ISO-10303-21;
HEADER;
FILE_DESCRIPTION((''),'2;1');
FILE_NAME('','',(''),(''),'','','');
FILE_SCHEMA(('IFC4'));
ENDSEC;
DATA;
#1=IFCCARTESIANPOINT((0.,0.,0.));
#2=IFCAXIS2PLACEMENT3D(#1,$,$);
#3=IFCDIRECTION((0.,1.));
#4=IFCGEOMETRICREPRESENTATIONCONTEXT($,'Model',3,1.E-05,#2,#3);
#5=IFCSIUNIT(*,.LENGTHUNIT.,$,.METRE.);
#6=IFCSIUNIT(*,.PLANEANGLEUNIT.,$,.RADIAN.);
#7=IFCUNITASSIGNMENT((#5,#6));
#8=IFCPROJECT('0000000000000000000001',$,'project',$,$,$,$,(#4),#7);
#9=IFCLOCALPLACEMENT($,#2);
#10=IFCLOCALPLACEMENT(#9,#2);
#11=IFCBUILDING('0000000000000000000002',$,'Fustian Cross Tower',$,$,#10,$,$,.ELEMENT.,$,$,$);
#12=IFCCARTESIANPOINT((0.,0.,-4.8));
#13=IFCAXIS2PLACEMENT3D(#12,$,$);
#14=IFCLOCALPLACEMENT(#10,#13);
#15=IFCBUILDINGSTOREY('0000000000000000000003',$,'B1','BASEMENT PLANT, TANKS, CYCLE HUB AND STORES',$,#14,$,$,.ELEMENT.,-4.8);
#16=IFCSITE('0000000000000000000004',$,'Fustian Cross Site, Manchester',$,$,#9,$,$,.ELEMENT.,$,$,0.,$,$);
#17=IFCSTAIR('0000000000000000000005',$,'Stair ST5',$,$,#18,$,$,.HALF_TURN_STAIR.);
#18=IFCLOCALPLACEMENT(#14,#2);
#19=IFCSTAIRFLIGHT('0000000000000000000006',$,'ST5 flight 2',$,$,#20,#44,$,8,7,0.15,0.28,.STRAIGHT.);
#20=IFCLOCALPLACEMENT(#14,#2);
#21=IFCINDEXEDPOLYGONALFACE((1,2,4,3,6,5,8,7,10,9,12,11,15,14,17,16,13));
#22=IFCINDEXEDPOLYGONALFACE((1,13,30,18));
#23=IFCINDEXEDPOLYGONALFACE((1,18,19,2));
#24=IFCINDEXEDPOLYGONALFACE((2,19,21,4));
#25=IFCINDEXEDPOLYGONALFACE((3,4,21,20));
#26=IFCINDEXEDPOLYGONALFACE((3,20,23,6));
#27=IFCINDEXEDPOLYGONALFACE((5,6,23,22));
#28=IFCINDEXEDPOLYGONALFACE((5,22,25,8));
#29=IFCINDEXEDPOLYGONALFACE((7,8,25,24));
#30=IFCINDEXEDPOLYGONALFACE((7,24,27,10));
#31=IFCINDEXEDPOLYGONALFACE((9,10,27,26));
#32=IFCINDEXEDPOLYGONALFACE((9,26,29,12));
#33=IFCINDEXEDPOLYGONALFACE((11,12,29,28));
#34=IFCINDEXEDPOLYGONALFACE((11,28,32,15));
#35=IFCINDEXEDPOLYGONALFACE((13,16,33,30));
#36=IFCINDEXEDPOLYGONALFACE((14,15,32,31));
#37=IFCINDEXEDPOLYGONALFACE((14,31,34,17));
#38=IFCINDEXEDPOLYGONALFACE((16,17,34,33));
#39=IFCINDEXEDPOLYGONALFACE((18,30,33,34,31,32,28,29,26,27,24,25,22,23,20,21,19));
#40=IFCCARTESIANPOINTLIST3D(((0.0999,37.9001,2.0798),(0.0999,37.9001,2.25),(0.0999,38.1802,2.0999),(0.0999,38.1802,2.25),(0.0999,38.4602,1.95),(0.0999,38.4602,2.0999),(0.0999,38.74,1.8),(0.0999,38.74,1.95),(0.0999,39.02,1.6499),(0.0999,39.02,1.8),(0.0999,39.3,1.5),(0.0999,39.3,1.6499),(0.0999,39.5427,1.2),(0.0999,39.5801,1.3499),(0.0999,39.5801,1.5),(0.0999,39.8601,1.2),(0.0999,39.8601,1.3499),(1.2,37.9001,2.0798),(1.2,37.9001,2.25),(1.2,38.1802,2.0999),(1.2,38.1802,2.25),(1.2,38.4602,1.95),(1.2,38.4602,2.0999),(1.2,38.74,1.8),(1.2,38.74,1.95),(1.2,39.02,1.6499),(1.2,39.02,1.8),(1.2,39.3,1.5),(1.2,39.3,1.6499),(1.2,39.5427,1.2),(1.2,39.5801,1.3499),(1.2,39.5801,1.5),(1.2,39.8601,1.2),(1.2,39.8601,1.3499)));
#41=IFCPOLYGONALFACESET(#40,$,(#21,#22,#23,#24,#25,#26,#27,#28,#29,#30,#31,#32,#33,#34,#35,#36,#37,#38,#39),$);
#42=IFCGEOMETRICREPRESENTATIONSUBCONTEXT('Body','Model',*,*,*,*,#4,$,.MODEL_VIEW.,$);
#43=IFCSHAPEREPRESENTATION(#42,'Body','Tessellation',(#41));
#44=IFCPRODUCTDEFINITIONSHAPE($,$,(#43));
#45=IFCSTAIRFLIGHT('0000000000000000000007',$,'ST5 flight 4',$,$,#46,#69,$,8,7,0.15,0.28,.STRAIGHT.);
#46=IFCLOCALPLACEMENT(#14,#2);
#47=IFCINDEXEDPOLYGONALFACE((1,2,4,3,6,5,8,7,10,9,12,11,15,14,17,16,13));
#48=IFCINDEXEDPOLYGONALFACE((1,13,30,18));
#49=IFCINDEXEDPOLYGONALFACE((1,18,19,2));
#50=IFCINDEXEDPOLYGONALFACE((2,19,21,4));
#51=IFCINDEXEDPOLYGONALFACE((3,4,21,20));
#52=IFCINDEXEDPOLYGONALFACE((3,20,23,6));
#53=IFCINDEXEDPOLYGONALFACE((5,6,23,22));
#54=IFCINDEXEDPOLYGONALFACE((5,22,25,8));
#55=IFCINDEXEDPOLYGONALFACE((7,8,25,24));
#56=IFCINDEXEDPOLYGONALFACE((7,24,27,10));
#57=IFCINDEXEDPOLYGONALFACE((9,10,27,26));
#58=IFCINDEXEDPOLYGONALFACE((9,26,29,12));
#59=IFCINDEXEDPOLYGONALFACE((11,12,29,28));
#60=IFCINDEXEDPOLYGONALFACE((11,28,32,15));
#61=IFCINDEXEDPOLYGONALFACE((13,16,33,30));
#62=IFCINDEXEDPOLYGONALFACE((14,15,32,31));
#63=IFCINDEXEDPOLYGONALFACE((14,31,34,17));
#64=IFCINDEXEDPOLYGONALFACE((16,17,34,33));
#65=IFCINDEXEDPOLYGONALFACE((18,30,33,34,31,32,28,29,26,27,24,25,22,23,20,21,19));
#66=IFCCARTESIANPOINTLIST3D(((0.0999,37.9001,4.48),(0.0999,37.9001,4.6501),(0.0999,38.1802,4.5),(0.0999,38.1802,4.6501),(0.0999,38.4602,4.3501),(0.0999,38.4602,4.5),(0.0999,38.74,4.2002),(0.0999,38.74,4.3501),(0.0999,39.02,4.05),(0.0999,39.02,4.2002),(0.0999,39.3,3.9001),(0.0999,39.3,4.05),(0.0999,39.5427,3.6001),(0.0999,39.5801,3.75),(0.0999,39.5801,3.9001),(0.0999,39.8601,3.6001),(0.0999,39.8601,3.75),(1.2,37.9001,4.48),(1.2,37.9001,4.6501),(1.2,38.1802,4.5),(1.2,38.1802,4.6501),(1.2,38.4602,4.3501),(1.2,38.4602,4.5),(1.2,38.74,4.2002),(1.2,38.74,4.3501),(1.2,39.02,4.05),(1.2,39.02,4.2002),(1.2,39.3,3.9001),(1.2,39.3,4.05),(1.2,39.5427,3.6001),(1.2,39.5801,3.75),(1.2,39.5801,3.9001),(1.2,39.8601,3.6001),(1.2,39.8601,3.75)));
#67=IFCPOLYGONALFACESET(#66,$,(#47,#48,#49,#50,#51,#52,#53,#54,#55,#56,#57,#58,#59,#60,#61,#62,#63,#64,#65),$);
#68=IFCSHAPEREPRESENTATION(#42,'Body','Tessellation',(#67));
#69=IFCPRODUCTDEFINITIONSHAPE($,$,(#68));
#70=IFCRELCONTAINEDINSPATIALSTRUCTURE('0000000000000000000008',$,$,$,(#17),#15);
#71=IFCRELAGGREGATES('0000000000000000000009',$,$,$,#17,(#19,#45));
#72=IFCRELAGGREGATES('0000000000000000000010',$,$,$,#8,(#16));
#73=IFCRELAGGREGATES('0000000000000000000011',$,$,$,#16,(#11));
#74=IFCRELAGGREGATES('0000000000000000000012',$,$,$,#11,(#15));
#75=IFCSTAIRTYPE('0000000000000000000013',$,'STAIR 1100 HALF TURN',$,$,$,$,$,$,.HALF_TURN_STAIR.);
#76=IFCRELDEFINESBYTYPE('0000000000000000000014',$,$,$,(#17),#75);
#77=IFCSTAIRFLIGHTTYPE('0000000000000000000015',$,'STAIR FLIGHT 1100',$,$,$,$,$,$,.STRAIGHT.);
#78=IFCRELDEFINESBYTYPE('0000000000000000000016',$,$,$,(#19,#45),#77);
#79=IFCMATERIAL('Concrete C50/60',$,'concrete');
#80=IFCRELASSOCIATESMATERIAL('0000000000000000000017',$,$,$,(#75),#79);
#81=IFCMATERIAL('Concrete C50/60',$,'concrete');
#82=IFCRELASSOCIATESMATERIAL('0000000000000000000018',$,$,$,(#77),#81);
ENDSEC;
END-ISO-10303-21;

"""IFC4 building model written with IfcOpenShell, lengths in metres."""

from ifc_helpers import new_model, si_unit, direction, frame, origin, place, context, subcontext, project, spatial, polyline, outline, extrude, material, type_object, element, aggregate, save


model = new_model("IFC4")

# Units and contexts
model_context = context("Model", 3, precision=1e-05, world=origin(), true_north=direction((0.0, 1.0)))
body_context = subcontext(model_context, "Body", "Model", "MODEL_VIEW")
ifc_project = project(units=[si_unit("LENGTHUNIT", "METRE"), si_unit("PLANEANGLEUNIT", "RADIAN")], contexts=[model_context])

# Site, building, storey
site_placement = place(None, origin())
site = spatial("IfcSite", under=ifc_project, at=site_placement, Name="Fustian Cross Site, Manchester", CompositionType="ELEMENT", RefElevation=0.0)
building_placement = place(site_placement, origin())
building = spatial("IfcBuilding", under=site, at=building_placement, Name="Fustian Cross Tower", CompositionType="ELEMENT")
storey_placement = place(building_placement, frame((0.0, 0.0, -4.8)))
storey = spatial("IfcBuildingStorey", under=building, at=storey_placement, Name="B1", Description="BASEMENT PLANT, TANKS, CYCLE HUB AND STORES", CompositionType="ELEMENT", Elevation=-4.8)

# Stair, stair flights
ifc_material_1 = material(Name="Concrete C50/60", Category="concrete")
stair_type = type_object("IfcStairType", Name="STAIR 1100 HALF TURN", PredefinedType="HALF_TURN_STAIR", material=ifc_material_1)
stair_placement = place(storey_placement, origin())
stair = element("IfcStair", 1, at=stair_placement, inside=storey, type_object=stair_type, Name="Stair ST5", PredefinedType="HALF_TURN_STAIR")
ifc_material_2 = material(Name="Concrete C50/60", Category="concrete")
stair_flight_type = type_object("IfcStairFlightType", Name="STAIR FLIGHT 1100", PredefinedType="STRAIGHT", material=ifc_material_2)
stair_flight_1_placement = place(storey_placement, frame((0.6499, 39.8601, 1.2), z_axis=(0.0, 0.0, 1.0), x_axis=(0.0, -1.0, 0.0)))
stair_flight_1 = element("IfcStairFlight", 2, at=stair_flight_1_placement, type_object=stair_flight_type, Name="ST5 flight 2", NumberOfRisers=8, NumberOfTreads=7, PredefinedType="STRAIGHT", RiserHeight=0.15, TreadLength=0.28, context=body_context, shape_type="SweptSolid", body=[
    extrude(outline(polyline([(0.0, 0.0), (0.0, 0.1499), (0.28, 0.1499), (0.28, 0.3), (0.5601, 0.3), (0.5601, 0.45), (0.8401, 0.45), (0.8401, 0.6001), (1.1201, 0.6001), (1.1201, 0.75), (1.3999, 0.75), (1.3999, 0.8999), (1.6799, 0.8999), (1.6799, 1.05), (1.96, 1.05), (1.96, 1.2), (1.96, 0.8799), (0.3174, 0.0), (0.0, 0.0)])), frame((0.0, 0.55, 0.0), z_axis=(0.0, -1.0, 0.0), x_axis=(1.0, 0.0, 0.0)), (0.0, 0.0, 1.0), 1.1001),
])
stair_flight_2_placement = place(storey_placement, frame((0.6499, 39.8601, 3.6001), z_axis=(0.0, 0.0, 1.0), x_axis=(0.0, -1.0, 0.0)))
stair_flight_2 = element("IfcStairFlight", 3, at=stair_flight_2_placement, type_object=stair_flight_type, Name="ST5 flight 4", NumberOfRisers=8, NumberOfTreads=7, PredefinedType="STRAIGHT", RiserHeight=0.15, TreadLength=0.28, context=body_context, shape_type="SweptSolid", body=[
    extrude(outline(polyline([(0.0, 0.0), (0.0, 0.1499), (0.28, 0.1499), (0.28, 0.3), (0.5601, 0.3), (0.5601, 0.45), (0.8401, 0.45), (0.8401, 0.6001), (1.1201, 0.6001), (1.1201, 0.75), (1.3999, 0.75), (1.3999, 0.8999), (1.6799, 0.8999), (1.6799, 1.05), (1.96, 1.05), (1.96, 1.2), (1.96, 0.8799), (0.3174, 0.0), (0.0, 0.0)])), frame((0.0, 0.55, 0.0), z_axis=(0.0, -1.0, 0.0), x_axis=(1.0, 0.0, 0.0)), (0.0, 0.0, 1.0), 1.1001),
])
aggregate(stair, [stair_flight_1, stair_flight_2])

save(model, "model.ifc")
